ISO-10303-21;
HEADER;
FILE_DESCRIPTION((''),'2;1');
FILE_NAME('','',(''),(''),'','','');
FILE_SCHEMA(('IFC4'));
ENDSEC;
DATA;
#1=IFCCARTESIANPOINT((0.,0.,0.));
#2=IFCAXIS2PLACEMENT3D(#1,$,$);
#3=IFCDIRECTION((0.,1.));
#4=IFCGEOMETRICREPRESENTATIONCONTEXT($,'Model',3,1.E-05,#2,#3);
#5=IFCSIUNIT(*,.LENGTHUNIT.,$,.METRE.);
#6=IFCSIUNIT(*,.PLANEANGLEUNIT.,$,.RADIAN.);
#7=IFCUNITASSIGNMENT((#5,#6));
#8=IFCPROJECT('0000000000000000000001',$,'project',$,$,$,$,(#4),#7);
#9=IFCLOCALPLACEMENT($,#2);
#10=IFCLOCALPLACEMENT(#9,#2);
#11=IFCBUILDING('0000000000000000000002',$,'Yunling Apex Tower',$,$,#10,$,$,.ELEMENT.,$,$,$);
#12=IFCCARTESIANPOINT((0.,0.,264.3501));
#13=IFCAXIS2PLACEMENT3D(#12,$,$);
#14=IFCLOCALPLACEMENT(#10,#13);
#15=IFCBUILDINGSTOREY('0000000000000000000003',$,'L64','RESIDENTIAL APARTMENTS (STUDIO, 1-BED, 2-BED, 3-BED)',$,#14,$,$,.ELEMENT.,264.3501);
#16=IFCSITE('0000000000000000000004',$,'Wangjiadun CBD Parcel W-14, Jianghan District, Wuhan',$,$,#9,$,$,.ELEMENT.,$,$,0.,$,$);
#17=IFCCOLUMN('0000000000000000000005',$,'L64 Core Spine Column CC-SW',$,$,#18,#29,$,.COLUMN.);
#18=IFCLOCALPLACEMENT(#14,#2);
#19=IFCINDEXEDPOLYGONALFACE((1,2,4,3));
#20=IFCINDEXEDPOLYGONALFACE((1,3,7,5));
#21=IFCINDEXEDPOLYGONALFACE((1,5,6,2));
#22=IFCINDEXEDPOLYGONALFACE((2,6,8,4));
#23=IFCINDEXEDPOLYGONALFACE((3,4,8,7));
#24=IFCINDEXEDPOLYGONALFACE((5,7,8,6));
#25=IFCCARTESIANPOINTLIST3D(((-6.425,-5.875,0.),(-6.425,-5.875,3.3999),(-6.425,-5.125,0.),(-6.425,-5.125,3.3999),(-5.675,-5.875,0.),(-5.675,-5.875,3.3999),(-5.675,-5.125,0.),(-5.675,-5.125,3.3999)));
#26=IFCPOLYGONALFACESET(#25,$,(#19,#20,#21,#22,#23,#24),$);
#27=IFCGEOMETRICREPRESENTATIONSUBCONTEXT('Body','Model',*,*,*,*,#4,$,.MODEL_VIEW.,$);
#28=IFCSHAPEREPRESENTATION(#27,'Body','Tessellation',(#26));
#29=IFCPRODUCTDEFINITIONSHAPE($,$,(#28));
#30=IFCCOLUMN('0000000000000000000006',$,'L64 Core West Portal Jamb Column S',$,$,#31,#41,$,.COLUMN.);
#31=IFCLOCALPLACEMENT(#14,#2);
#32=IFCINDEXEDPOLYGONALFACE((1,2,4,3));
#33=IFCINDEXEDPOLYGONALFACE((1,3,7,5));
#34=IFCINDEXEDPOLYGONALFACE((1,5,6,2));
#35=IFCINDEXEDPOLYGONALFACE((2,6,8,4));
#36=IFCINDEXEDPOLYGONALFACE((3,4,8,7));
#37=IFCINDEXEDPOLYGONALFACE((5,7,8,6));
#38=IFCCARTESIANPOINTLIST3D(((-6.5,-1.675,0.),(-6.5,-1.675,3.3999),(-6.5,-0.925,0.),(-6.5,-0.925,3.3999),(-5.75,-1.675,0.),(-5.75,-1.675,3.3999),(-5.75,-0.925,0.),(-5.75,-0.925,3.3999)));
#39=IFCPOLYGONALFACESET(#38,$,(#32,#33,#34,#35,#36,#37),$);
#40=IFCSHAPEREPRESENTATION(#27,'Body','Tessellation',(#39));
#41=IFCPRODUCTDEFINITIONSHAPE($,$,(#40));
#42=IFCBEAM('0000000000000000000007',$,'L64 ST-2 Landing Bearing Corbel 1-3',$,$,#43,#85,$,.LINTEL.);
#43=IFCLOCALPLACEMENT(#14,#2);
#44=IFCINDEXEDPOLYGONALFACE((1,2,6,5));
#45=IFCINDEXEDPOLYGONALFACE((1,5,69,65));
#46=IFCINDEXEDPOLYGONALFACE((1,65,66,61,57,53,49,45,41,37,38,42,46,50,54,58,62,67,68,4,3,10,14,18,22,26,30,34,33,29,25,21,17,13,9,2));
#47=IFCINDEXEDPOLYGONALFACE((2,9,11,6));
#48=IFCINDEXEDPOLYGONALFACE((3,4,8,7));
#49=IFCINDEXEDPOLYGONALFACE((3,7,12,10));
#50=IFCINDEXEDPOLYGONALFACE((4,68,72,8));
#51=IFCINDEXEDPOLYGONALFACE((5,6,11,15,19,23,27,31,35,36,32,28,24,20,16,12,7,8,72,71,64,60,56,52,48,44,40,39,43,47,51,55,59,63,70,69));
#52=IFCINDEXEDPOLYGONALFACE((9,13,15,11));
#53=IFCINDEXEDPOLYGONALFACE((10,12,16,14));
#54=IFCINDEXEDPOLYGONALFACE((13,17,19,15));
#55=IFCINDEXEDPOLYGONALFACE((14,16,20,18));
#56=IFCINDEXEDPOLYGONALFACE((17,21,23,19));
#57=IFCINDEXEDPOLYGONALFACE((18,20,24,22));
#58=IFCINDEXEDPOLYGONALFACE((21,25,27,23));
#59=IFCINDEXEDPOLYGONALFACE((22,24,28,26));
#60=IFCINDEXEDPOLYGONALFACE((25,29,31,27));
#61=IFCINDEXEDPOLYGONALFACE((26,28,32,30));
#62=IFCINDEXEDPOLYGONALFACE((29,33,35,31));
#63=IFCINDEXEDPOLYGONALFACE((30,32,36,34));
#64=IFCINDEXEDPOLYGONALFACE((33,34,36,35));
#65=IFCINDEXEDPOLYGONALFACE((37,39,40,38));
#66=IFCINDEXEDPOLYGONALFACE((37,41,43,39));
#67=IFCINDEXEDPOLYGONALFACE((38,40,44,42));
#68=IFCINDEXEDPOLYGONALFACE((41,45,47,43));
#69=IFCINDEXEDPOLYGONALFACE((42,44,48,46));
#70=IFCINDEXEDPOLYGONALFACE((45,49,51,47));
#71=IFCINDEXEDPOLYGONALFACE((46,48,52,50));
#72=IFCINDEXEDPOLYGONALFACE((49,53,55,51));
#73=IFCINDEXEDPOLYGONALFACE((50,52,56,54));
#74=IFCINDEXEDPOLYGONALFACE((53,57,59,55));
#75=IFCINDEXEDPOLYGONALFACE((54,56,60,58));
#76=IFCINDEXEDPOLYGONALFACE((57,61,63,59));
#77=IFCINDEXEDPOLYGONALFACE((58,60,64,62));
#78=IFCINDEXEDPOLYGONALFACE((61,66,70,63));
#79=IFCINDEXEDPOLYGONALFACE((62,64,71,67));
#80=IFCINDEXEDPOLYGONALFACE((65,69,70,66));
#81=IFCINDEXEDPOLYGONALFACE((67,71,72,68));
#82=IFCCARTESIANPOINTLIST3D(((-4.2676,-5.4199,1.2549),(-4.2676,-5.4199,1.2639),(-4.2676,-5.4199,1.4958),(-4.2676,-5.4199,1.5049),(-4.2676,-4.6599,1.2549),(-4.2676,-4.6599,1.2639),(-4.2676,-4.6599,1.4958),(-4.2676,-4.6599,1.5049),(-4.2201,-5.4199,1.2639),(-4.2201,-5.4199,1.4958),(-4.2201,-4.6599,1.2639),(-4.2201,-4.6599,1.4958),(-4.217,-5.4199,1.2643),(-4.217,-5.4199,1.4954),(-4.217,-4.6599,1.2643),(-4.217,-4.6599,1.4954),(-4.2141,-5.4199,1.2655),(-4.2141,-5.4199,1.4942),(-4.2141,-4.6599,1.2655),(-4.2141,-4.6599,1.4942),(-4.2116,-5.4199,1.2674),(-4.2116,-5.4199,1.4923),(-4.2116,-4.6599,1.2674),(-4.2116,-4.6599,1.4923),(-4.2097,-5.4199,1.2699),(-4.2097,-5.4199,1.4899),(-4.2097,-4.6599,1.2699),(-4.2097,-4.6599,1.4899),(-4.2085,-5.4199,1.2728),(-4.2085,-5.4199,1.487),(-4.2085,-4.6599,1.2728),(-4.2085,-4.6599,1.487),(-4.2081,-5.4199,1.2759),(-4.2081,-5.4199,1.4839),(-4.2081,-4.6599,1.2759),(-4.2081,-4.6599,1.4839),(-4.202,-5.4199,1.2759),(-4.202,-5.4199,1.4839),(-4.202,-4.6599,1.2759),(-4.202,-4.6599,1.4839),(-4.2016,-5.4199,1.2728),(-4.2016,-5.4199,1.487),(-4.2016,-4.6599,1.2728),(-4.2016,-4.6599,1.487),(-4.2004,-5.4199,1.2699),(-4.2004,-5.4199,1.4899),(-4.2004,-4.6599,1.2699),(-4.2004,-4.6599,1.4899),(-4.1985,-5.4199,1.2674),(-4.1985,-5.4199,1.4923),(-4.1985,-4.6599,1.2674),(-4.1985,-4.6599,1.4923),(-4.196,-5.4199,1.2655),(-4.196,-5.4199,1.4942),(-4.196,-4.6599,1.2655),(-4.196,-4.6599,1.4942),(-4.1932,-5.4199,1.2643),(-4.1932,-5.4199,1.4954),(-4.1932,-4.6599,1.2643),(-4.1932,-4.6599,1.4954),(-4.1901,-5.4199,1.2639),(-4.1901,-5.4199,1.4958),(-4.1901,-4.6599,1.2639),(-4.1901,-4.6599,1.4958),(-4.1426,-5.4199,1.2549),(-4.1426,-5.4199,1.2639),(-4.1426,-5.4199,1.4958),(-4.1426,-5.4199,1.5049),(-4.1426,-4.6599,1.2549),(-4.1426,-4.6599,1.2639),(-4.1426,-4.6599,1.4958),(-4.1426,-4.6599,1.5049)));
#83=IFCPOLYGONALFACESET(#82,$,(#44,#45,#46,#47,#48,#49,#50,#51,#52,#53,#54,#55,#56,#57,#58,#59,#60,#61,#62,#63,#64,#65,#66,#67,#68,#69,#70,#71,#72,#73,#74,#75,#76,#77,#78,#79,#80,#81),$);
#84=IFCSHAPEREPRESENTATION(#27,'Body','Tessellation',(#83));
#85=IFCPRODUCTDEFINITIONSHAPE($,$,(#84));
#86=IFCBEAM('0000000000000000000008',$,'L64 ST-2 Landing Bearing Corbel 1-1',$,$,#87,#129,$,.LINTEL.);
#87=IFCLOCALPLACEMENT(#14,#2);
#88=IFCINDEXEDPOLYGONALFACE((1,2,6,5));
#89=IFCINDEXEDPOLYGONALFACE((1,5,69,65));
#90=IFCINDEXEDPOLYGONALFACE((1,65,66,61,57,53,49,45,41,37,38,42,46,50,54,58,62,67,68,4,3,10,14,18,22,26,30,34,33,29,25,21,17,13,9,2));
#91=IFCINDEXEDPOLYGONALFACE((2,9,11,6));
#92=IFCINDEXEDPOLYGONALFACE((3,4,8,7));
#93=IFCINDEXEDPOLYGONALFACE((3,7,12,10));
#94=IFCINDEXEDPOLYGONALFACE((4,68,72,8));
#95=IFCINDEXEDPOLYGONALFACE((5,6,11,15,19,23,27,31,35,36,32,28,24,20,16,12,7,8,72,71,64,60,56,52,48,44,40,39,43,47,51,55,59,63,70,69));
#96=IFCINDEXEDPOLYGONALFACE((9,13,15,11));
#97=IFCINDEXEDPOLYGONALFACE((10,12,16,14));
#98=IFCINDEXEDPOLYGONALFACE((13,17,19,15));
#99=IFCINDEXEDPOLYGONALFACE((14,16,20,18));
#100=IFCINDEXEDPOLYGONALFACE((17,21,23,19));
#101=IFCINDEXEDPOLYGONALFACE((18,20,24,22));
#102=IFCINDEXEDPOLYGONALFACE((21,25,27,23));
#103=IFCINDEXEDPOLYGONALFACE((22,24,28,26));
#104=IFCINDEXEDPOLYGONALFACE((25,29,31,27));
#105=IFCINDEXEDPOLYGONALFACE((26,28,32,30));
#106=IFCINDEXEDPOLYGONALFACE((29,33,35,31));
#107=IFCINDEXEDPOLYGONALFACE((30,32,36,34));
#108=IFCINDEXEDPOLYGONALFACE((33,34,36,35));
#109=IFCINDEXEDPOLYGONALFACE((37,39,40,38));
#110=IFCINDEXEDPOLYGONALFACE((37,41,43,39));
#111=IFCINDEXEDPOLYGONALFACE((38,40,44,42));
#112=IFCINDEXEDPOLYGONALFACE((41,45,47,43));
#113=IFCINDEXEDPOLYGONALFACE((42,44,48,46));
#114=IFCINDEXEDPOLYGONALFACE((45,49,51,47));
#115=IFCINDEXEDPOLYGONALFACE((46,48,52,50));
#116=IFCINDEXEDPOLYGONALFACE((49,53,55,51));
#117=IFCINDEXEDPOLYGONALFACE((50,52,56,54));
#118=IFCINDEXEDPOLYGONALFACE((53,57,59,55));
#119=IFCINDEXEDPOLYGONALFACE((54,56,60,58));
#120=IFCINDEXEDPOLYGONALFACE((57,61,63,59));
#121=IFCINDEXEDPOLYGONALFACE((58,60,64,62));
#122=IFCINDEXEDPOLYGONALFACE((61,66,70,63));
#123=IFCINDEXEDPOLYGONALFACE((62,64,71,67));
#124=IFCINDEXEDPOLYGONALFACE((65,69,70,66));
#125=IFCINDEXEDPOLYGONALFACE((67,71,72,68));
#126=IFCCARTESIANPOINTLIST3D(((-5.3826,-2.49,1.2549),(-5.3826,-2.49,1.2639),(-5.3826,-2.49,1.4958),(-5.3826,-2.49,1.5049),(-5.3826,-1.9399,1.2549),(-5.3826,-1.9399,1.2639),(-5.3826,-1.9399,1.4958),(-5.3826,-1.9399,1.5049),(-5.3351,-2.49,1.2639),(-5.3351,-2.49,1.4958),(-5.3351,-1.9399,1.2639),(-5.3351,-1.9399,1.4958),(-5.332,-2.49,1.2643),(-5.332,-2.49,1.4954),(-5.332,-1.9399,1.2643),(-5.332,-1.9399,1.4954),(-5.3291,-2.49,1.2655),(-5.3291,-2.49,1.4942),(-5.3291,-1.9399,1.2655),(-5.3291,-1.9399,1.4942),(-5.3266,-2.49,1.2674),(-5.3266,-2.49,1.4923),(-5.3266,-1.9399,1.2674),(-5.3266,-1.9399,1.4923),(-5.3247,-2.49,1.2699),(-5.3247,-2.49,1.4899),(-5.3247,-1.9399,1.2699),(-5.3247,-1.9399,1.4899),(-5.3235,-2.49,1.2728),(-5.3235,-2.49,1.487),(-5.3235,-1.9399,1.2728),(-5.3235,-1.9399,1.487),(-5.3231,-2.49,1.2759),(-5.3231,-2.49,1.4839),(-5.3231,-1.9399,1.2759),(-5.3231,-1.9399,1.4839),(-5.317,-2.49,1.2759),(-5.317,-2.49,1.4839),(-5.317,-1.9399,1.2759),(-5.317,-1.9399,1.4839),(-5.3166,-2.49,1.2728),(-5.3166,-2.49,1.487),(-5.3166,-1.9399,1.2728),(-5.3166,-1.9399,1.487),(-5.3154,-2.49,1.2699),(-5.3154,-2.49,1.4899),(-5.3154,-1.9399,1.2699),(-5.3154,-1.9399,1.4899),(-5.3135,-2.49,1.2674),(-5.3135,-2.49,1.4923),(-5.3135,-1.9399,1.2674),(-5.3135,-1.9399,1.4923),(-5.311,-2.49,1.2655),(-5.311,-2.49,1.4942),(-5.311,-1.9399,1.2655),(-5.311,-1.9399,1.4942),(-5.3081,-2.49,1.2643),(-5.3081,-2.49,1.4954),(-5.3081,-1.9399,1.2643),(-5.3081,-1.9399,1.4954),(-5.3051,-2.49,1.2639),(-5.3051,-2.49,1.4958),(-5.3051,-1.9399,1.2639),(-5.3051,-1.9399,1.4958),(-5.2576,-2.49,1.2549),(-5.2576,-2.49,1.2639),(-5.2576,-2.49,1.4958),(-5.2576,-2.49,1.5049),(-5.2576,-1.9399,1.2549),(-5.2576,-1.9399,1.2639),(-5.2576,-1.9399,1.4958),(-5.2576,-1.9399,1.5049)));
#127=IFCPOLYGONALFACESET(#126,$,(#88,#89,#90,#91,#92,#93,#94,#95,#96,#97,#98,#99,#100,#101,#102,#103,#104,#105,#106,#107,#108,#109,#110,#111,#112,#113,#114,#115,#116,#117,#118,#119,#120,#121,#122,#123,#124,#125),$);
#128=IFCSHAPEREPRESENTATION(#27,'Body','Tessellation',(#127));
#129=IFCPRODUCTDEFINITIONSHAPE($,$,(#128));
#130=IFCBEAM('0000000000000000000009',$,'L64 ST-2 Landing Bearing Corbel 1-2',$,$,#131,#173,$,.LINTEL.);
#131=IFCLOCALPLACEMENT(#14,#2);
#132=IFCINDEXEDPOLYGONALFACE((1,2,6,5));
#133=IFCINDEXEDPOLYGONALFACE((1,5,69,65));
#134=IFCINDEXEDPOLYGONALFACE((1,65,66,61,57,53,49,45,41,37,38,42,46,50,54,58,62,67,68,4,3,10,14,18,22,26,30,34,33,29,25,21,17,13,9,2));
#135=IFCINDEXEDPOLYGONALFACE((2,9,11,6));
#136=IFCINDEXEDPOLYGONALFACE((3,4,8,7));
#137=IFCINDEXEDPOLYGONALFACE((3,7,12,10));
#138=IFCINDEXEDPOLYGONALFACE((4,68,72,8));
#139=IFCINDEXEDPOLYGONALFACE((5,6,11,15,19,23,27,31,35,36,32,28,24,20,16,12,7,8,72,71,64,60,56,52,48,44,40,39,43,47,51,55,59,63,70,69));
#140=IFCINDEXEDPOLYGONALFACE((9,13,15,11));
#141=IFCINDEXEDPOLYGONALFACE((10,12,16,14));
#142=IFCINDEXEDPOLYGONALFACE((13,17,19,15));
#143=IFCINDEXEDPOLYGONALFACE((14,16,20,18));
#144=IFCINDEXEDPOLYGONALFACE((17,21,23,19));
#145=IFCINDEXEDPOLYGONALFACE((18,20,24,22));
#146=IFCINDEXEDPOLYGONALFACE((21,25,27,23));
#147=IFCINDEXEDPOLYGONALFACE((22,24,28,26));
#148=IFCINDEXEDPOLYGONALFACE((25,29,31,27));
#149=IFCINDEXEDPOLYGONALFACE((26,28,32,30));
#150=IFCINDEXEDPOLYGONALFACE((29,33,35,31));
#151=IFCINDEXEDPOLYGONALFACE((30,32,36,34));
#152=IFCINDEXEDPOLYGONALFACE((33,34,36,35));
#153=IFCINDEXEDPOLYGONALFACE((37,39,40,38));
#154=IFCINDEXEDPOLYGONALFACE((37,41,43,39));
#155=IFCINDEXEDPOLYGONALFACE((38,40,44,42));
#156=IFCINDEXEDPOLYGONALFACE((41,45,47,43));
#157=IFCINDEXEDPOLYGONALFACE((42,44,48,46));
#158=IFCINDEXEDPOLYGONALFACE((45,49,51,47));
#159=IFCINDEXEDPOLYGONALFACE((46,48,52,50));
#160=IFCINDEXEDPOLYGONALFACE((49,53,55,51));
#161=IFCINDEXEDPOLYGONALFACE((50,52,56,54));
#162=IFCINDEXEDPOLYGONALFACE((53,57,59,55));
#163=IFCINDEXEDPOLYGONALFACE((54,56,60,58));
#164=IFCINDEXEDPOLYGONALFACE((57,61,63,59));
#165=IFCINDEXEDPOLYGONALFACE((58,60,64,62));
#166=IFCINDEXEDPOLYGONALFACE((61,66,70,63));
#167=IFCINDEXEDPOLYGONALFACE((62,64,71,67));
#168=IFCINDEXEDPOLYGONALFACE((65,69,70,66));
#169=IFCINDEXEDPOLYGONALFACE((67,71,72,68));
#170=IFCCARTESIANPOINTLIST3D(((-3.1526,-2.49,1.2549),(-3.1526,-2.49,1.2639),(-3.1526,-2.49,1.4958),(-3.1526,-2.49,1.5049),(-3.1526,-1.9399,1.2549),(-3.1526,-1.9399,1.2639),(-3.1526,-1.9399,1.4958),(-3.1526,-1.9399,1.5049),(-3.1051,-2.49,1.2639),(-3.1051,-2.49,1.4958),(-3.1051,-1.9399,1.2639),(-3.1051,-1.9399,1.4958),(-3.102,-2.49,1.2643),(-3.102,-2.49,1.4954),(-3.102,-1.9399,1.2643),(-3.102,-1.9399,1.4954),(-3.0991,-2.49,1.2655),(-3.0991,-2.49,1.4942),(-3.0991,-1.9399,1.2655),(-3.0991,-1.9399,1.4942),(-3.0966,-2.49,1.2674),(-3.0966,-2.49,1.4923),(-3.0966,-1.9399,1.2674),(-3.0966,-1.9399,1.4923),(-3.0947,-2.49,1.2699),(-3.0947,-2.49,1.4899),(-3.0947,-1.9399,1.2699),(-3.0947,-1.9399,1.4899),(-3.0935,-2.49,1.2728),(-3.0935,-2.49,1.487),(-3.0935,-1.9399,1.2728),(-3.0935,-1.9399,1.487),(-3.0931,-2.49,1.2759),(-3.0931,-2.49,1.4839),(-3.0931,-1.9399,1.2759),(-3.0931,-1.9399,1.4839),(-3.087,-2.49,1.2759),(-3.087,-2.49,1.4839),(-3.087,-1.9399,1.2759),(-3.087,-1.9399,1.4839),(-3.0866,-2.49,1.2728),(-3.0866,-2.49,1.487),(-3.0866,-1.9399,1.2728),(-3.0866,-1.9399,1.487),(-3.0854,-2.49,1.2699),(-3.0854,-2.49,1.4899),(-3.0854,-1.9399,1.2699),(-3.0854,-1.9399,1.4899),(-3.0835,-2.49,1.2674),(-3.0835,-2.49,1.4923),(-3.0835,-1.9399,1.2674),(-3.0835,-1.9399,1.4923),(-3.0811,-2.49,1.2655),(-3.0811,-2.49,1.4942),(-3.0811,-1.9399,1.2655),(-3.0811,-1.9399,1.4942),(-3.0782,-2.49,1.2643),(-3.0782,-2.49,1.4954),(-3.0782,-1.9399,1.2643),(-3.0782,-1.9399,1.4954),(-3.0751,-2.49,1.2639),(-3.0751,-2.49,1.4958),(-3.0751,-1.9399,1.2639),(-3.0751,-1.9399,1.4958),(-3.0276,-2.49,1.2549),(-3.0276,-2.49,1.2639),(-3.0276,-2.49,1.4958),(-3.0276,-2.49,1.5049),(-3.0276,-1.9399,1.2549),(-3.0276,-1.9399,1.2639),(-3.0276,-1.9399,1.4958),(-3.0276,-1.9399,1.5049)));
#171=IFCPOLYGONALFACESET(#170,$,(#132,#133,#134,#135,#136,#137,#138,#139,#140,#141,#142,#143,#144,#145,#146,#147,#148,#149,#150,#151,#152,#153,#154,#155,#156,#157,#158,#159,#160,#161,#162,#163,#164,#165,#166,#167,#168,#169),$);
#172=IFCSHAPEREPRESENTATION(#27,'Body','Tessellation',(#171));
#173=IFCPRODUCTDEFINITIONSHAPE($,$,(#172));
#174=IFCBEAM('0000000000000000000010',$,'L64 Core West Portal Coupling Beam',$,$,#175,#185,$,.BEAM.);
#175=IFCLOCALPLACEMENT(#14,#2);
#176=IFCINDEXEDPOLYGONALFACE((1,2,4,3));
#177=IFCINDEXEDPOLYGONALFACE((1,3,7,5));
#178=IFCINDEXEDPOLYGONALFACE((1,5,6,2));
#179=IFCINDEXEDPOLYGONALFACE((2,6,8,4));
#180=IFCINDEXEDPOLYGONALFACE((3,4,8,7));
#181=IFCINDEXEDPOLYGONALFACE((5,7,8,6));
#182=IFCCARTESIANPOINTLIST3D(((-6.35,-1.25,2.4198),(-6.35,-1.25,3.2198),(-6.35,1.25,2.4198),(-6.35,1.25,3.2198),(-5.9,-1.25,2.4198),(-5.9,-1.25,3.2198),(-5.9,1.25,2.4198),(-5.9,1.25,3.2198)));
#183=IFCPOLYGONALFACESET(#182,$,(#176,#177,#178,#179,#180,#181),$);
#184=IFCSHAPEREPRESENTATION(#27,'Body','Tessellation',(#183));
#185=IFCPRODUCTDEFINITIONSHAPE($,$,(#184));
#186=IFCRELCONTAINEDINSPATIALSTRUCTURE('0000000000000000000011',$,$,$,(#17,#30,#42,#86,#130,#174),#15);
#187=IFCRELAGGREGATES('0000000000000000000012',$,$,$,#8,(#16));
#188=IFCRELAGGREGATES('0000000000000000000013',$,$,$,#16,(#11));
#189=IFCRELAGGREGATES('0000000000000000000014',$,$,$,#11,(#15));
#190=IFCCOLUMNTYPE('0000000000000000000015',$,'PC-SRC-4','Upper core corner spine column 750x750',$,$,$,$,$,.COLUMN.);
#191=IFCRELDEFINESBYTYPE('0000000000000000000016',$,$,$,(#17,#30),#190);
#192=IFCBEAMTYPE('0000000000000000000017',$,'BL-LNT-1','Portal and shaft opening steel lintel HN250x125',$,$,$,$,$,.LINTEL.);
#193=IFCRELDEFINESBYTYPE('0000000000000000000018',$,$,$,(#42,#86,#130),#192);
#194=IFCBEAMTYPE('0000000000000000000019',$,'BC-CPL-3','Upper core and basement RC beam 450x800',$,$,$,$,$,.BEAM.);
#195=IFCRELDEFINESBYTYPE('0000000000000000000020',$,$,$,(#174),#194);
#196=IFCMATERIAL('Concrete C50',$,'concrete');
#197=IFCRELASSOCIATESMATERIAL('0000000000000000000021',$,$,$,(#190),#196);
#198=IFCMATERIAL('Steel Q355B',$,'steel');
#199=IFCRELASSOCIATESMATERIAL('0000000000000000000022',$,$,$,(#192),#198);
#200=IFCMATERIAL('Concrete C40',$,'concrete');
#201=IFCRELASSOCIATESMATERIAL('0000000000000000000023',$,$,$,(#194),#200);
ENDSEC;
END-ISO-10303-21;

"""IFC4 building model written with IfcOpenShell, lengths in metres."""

from ifc_helpers import new_model, si_unit, direction, frame, origin, origin_2d, place, context, subcontext, project, spatial, rectangle, i_section, extrude, source, transform, mapped, material, material_profile, profile_set, type_object, element, save


model = new_model("IFC4")

# Units and contexts
model_context = context("Model", 3, precision=1e-05, world=origin(), true_north=direction((0.0, 1.0)))
body_context = subcontext(model_context, "Body", "Model", "MODEL_VIEW")
ifc_project = project(units=[si_unit("LENGTHUNIT", "METRE"), si_unit("PLANEANGLEUNIT", "RADIAN")], contexts=[model_context])

# Site, building, storey
site_placement = place(None, origin())
site = spatial("IfcSite", under=ifc_project, at=site_placement, Name="Wangjiadun CBD Parcel W-14, Jianghan District, Wuhan", CompositionType="ELEMENT", RefElevation=0.0)
building_placement = place(site_placement, origin())
building = spatial("IfcBuilding", under=site, at=building_placement, Name="Yunling Apex Tower", CompositionType="ELEMENT")
storey_placement = place(building_placement, frame((0.0, 0.0, 264.3501)))
storey = spatial("IfcBuildingStorey", under=building, at=storey_placement, Name="L64", Description="RESIDENTIAL APARTMENTS (STUDIO, 1-BED, 2-BED, 3-BED)", CompositionType="ELEMENT", Elevation=264.3501)

# Columns
ifc_material_1 = material(Name="Concrete C50", Category="concrete")
ifc_material_profile_1 = material_profile(ifc_material_1, rectangle(XDim=0.75, YDim=0.75, at=origin_2d()))
ifc_profile_set_1 = profile_set([ifc_material_profile_1], Name="Concrete C50")
column_type = type_object("IfcColumnType", Name="PC-SRC-4", Description="Upper core corner spine column 750x750", PredefinedType="COLUMN", material=ifc_profile_set_1)
shared_shape_1 = source(origin(), body_context, "Body", "SweptSolid", [
    extrude(rectangle(XDim=0.75, YDim=0.75, at=origin_2d()), origin(), (0.0, 0.0, 1.0), 3.3999),
])
for number, where, z_axis, x_axis, name in (
    (1, (-6.05, -5.5, 0.0), (0.0, 0.0, 1.0), (1.0, 0.0, 0.0), "L64 Core Spine Column CC-SW"),
    (2, (-6.125, -1.3, 0.0), (0.0, 0.0, 1.0), (1.0, 0.0, 0.0), "L64 Core West Portal Jamb Column S"),
):
    element("IfcColumn", number, at=place(storey_placement, frame(where, z_axis=z_axis, x_axis=x_axis)), inside=storey, type_object=column_type, Name=name, PredefinedType="COLUMN", context=body_context, shape_type="MappedRepresentation", body=[
        mapped(shared_shape_1, transform((0.0, 0.0, 0.0), scale=1.0)),
    ])

# Beams
ifc_material_2 = material(Name="Steel Q355B", Category="steel")
ifc_material_profile_2 = material_profile(ifc_material_2, i_section(OverallWidth=0.125, OverallDepth=0.25, WebThickness=0.0061, FlangeThickness=0.009, FilletRadius=0.012, at=origin_2d()))
ifc_profile_set_2 = profile_set([ifc_material_profile_2], Name="Steel Q355B")
beam_type_1 = type_object("IfcBeamType", Name="BL-LNT-1", Description="Portal and shaft opening steel lintel HN250x125", PredefinedType="LINTEL", material=ifc_profile_set_2)
shared_shape_2 = source(origin(), body_context, "Body", "SweptSolid", [
    extrude(i_section(OverallWidth=0.125, OverallDepth=0.25, WebThickness=0.0061, FlangeThickness=0.009, FilletRadius=0.012, at=origin_2d()), origin(), (0.0, 0.0, 1.0), 0.76),
])
beam_1_placement = place(storey_placement, frame((-4.2051, -5.4199, 1.3799), z_axis=(0.0, 1.0, 0.0), x_axis=(-1.0, 0.0, 0.0)))
element("IfcBeam", 3, at=beam_1_placement, inside=storey, type_object=beam_type_1, Name="L64 ST-2 Landing Bearing Corbel 1-3", PredefinedType="LINTEL", context=body_context, shape_type="MappedRepresentation", body=[
    mapped(shared_shape_2, transform((0.0, 0.0, 0.0), scale=1.0)),
])
shared_shape_3 = source(origin(), body_context, "Body", "SweptSolid", [
    extrude(i_section(OverallWidth=0.125, OverallDepth=0.25, WebThickness=0.0061, FlangeThickness=0.009, FilletRadius=0.012, at=origin_2d()), origin(), (0.0, 0.0, 1.0), 0.55),
])
for number, where, z_axis, x_axis, name in (
    (4, (-5.3201, -1.9399, 1.3799), (0.0, -1.0, 0.0), (1.0, 0.0, 0.0), "L64 ST-2 Landing Bearing Corbel 1-1"),
    (5, (-3.0901, -1.9399, 1.3799), (0.0, -1.0, 0.0), (1.0, 0.0, 0.0), "L64 ST-2 Landing Bearing Corbel 1-2"),
):
    element("IfcBeam", number, at=place(storey_placement, frame(where, z_axis=z_axis, x_axis=x_axis)), inside=storey, type_object=beam_type_1, Name=name, PredefinedType="LINTEL", context=body_context, shape_type="MappedRepresentation", body=[
        mapped(shared_shape_3, transform((0.0, 0.0, 0.0), scale=1.0)),
    ])
ifc_material_3 = material(Name="Concrete C40", Category="concrete")
ifc_material_profile_3 = material_profile(ifc_material_3, rectangle(XDim=0.45, YDim=0.8, at=origin_2d()))
ifc_profile_set_3 = profile_set([ifc_material_profile_3], Name="Concrete C40")
beam_type_2 = type_object("IfcBeamType", Name="BC-CPL-3", Description="Upper core and basement RC beam 450x800", PredefinedType="BEAM", material=ifc_profile_set_3)
shared_shape_4 = source(origin(), body_context, "Body", "SweptSolid", [
    extrude(rectangle(XDim=0.45, YDim=0.8, at=origin_2d()), origin(), (0.0, 0.0, 1.0), 2.5),
])
beam_2_placement = place(storey_placement, frame((-6.125, -1.25, 2.8198), z_axis=(0.0, 1.0, 0.0), x_axis=(-1.0, 0.0, 0.0)))
element("IfcBeam", 6, at=beam_2_placement, inside=storey, type_object=beam_type_2, Name="L64 Core West Portal Coupling Beam", PredefinedType="BEAM", context=body_context, shape_type="MappedRepresentation", body=[
    mapped(shared_shape_4, transform((0.0, 0.0, 0.0), scale=1.0)),
])

save(model, "model.ifc")
